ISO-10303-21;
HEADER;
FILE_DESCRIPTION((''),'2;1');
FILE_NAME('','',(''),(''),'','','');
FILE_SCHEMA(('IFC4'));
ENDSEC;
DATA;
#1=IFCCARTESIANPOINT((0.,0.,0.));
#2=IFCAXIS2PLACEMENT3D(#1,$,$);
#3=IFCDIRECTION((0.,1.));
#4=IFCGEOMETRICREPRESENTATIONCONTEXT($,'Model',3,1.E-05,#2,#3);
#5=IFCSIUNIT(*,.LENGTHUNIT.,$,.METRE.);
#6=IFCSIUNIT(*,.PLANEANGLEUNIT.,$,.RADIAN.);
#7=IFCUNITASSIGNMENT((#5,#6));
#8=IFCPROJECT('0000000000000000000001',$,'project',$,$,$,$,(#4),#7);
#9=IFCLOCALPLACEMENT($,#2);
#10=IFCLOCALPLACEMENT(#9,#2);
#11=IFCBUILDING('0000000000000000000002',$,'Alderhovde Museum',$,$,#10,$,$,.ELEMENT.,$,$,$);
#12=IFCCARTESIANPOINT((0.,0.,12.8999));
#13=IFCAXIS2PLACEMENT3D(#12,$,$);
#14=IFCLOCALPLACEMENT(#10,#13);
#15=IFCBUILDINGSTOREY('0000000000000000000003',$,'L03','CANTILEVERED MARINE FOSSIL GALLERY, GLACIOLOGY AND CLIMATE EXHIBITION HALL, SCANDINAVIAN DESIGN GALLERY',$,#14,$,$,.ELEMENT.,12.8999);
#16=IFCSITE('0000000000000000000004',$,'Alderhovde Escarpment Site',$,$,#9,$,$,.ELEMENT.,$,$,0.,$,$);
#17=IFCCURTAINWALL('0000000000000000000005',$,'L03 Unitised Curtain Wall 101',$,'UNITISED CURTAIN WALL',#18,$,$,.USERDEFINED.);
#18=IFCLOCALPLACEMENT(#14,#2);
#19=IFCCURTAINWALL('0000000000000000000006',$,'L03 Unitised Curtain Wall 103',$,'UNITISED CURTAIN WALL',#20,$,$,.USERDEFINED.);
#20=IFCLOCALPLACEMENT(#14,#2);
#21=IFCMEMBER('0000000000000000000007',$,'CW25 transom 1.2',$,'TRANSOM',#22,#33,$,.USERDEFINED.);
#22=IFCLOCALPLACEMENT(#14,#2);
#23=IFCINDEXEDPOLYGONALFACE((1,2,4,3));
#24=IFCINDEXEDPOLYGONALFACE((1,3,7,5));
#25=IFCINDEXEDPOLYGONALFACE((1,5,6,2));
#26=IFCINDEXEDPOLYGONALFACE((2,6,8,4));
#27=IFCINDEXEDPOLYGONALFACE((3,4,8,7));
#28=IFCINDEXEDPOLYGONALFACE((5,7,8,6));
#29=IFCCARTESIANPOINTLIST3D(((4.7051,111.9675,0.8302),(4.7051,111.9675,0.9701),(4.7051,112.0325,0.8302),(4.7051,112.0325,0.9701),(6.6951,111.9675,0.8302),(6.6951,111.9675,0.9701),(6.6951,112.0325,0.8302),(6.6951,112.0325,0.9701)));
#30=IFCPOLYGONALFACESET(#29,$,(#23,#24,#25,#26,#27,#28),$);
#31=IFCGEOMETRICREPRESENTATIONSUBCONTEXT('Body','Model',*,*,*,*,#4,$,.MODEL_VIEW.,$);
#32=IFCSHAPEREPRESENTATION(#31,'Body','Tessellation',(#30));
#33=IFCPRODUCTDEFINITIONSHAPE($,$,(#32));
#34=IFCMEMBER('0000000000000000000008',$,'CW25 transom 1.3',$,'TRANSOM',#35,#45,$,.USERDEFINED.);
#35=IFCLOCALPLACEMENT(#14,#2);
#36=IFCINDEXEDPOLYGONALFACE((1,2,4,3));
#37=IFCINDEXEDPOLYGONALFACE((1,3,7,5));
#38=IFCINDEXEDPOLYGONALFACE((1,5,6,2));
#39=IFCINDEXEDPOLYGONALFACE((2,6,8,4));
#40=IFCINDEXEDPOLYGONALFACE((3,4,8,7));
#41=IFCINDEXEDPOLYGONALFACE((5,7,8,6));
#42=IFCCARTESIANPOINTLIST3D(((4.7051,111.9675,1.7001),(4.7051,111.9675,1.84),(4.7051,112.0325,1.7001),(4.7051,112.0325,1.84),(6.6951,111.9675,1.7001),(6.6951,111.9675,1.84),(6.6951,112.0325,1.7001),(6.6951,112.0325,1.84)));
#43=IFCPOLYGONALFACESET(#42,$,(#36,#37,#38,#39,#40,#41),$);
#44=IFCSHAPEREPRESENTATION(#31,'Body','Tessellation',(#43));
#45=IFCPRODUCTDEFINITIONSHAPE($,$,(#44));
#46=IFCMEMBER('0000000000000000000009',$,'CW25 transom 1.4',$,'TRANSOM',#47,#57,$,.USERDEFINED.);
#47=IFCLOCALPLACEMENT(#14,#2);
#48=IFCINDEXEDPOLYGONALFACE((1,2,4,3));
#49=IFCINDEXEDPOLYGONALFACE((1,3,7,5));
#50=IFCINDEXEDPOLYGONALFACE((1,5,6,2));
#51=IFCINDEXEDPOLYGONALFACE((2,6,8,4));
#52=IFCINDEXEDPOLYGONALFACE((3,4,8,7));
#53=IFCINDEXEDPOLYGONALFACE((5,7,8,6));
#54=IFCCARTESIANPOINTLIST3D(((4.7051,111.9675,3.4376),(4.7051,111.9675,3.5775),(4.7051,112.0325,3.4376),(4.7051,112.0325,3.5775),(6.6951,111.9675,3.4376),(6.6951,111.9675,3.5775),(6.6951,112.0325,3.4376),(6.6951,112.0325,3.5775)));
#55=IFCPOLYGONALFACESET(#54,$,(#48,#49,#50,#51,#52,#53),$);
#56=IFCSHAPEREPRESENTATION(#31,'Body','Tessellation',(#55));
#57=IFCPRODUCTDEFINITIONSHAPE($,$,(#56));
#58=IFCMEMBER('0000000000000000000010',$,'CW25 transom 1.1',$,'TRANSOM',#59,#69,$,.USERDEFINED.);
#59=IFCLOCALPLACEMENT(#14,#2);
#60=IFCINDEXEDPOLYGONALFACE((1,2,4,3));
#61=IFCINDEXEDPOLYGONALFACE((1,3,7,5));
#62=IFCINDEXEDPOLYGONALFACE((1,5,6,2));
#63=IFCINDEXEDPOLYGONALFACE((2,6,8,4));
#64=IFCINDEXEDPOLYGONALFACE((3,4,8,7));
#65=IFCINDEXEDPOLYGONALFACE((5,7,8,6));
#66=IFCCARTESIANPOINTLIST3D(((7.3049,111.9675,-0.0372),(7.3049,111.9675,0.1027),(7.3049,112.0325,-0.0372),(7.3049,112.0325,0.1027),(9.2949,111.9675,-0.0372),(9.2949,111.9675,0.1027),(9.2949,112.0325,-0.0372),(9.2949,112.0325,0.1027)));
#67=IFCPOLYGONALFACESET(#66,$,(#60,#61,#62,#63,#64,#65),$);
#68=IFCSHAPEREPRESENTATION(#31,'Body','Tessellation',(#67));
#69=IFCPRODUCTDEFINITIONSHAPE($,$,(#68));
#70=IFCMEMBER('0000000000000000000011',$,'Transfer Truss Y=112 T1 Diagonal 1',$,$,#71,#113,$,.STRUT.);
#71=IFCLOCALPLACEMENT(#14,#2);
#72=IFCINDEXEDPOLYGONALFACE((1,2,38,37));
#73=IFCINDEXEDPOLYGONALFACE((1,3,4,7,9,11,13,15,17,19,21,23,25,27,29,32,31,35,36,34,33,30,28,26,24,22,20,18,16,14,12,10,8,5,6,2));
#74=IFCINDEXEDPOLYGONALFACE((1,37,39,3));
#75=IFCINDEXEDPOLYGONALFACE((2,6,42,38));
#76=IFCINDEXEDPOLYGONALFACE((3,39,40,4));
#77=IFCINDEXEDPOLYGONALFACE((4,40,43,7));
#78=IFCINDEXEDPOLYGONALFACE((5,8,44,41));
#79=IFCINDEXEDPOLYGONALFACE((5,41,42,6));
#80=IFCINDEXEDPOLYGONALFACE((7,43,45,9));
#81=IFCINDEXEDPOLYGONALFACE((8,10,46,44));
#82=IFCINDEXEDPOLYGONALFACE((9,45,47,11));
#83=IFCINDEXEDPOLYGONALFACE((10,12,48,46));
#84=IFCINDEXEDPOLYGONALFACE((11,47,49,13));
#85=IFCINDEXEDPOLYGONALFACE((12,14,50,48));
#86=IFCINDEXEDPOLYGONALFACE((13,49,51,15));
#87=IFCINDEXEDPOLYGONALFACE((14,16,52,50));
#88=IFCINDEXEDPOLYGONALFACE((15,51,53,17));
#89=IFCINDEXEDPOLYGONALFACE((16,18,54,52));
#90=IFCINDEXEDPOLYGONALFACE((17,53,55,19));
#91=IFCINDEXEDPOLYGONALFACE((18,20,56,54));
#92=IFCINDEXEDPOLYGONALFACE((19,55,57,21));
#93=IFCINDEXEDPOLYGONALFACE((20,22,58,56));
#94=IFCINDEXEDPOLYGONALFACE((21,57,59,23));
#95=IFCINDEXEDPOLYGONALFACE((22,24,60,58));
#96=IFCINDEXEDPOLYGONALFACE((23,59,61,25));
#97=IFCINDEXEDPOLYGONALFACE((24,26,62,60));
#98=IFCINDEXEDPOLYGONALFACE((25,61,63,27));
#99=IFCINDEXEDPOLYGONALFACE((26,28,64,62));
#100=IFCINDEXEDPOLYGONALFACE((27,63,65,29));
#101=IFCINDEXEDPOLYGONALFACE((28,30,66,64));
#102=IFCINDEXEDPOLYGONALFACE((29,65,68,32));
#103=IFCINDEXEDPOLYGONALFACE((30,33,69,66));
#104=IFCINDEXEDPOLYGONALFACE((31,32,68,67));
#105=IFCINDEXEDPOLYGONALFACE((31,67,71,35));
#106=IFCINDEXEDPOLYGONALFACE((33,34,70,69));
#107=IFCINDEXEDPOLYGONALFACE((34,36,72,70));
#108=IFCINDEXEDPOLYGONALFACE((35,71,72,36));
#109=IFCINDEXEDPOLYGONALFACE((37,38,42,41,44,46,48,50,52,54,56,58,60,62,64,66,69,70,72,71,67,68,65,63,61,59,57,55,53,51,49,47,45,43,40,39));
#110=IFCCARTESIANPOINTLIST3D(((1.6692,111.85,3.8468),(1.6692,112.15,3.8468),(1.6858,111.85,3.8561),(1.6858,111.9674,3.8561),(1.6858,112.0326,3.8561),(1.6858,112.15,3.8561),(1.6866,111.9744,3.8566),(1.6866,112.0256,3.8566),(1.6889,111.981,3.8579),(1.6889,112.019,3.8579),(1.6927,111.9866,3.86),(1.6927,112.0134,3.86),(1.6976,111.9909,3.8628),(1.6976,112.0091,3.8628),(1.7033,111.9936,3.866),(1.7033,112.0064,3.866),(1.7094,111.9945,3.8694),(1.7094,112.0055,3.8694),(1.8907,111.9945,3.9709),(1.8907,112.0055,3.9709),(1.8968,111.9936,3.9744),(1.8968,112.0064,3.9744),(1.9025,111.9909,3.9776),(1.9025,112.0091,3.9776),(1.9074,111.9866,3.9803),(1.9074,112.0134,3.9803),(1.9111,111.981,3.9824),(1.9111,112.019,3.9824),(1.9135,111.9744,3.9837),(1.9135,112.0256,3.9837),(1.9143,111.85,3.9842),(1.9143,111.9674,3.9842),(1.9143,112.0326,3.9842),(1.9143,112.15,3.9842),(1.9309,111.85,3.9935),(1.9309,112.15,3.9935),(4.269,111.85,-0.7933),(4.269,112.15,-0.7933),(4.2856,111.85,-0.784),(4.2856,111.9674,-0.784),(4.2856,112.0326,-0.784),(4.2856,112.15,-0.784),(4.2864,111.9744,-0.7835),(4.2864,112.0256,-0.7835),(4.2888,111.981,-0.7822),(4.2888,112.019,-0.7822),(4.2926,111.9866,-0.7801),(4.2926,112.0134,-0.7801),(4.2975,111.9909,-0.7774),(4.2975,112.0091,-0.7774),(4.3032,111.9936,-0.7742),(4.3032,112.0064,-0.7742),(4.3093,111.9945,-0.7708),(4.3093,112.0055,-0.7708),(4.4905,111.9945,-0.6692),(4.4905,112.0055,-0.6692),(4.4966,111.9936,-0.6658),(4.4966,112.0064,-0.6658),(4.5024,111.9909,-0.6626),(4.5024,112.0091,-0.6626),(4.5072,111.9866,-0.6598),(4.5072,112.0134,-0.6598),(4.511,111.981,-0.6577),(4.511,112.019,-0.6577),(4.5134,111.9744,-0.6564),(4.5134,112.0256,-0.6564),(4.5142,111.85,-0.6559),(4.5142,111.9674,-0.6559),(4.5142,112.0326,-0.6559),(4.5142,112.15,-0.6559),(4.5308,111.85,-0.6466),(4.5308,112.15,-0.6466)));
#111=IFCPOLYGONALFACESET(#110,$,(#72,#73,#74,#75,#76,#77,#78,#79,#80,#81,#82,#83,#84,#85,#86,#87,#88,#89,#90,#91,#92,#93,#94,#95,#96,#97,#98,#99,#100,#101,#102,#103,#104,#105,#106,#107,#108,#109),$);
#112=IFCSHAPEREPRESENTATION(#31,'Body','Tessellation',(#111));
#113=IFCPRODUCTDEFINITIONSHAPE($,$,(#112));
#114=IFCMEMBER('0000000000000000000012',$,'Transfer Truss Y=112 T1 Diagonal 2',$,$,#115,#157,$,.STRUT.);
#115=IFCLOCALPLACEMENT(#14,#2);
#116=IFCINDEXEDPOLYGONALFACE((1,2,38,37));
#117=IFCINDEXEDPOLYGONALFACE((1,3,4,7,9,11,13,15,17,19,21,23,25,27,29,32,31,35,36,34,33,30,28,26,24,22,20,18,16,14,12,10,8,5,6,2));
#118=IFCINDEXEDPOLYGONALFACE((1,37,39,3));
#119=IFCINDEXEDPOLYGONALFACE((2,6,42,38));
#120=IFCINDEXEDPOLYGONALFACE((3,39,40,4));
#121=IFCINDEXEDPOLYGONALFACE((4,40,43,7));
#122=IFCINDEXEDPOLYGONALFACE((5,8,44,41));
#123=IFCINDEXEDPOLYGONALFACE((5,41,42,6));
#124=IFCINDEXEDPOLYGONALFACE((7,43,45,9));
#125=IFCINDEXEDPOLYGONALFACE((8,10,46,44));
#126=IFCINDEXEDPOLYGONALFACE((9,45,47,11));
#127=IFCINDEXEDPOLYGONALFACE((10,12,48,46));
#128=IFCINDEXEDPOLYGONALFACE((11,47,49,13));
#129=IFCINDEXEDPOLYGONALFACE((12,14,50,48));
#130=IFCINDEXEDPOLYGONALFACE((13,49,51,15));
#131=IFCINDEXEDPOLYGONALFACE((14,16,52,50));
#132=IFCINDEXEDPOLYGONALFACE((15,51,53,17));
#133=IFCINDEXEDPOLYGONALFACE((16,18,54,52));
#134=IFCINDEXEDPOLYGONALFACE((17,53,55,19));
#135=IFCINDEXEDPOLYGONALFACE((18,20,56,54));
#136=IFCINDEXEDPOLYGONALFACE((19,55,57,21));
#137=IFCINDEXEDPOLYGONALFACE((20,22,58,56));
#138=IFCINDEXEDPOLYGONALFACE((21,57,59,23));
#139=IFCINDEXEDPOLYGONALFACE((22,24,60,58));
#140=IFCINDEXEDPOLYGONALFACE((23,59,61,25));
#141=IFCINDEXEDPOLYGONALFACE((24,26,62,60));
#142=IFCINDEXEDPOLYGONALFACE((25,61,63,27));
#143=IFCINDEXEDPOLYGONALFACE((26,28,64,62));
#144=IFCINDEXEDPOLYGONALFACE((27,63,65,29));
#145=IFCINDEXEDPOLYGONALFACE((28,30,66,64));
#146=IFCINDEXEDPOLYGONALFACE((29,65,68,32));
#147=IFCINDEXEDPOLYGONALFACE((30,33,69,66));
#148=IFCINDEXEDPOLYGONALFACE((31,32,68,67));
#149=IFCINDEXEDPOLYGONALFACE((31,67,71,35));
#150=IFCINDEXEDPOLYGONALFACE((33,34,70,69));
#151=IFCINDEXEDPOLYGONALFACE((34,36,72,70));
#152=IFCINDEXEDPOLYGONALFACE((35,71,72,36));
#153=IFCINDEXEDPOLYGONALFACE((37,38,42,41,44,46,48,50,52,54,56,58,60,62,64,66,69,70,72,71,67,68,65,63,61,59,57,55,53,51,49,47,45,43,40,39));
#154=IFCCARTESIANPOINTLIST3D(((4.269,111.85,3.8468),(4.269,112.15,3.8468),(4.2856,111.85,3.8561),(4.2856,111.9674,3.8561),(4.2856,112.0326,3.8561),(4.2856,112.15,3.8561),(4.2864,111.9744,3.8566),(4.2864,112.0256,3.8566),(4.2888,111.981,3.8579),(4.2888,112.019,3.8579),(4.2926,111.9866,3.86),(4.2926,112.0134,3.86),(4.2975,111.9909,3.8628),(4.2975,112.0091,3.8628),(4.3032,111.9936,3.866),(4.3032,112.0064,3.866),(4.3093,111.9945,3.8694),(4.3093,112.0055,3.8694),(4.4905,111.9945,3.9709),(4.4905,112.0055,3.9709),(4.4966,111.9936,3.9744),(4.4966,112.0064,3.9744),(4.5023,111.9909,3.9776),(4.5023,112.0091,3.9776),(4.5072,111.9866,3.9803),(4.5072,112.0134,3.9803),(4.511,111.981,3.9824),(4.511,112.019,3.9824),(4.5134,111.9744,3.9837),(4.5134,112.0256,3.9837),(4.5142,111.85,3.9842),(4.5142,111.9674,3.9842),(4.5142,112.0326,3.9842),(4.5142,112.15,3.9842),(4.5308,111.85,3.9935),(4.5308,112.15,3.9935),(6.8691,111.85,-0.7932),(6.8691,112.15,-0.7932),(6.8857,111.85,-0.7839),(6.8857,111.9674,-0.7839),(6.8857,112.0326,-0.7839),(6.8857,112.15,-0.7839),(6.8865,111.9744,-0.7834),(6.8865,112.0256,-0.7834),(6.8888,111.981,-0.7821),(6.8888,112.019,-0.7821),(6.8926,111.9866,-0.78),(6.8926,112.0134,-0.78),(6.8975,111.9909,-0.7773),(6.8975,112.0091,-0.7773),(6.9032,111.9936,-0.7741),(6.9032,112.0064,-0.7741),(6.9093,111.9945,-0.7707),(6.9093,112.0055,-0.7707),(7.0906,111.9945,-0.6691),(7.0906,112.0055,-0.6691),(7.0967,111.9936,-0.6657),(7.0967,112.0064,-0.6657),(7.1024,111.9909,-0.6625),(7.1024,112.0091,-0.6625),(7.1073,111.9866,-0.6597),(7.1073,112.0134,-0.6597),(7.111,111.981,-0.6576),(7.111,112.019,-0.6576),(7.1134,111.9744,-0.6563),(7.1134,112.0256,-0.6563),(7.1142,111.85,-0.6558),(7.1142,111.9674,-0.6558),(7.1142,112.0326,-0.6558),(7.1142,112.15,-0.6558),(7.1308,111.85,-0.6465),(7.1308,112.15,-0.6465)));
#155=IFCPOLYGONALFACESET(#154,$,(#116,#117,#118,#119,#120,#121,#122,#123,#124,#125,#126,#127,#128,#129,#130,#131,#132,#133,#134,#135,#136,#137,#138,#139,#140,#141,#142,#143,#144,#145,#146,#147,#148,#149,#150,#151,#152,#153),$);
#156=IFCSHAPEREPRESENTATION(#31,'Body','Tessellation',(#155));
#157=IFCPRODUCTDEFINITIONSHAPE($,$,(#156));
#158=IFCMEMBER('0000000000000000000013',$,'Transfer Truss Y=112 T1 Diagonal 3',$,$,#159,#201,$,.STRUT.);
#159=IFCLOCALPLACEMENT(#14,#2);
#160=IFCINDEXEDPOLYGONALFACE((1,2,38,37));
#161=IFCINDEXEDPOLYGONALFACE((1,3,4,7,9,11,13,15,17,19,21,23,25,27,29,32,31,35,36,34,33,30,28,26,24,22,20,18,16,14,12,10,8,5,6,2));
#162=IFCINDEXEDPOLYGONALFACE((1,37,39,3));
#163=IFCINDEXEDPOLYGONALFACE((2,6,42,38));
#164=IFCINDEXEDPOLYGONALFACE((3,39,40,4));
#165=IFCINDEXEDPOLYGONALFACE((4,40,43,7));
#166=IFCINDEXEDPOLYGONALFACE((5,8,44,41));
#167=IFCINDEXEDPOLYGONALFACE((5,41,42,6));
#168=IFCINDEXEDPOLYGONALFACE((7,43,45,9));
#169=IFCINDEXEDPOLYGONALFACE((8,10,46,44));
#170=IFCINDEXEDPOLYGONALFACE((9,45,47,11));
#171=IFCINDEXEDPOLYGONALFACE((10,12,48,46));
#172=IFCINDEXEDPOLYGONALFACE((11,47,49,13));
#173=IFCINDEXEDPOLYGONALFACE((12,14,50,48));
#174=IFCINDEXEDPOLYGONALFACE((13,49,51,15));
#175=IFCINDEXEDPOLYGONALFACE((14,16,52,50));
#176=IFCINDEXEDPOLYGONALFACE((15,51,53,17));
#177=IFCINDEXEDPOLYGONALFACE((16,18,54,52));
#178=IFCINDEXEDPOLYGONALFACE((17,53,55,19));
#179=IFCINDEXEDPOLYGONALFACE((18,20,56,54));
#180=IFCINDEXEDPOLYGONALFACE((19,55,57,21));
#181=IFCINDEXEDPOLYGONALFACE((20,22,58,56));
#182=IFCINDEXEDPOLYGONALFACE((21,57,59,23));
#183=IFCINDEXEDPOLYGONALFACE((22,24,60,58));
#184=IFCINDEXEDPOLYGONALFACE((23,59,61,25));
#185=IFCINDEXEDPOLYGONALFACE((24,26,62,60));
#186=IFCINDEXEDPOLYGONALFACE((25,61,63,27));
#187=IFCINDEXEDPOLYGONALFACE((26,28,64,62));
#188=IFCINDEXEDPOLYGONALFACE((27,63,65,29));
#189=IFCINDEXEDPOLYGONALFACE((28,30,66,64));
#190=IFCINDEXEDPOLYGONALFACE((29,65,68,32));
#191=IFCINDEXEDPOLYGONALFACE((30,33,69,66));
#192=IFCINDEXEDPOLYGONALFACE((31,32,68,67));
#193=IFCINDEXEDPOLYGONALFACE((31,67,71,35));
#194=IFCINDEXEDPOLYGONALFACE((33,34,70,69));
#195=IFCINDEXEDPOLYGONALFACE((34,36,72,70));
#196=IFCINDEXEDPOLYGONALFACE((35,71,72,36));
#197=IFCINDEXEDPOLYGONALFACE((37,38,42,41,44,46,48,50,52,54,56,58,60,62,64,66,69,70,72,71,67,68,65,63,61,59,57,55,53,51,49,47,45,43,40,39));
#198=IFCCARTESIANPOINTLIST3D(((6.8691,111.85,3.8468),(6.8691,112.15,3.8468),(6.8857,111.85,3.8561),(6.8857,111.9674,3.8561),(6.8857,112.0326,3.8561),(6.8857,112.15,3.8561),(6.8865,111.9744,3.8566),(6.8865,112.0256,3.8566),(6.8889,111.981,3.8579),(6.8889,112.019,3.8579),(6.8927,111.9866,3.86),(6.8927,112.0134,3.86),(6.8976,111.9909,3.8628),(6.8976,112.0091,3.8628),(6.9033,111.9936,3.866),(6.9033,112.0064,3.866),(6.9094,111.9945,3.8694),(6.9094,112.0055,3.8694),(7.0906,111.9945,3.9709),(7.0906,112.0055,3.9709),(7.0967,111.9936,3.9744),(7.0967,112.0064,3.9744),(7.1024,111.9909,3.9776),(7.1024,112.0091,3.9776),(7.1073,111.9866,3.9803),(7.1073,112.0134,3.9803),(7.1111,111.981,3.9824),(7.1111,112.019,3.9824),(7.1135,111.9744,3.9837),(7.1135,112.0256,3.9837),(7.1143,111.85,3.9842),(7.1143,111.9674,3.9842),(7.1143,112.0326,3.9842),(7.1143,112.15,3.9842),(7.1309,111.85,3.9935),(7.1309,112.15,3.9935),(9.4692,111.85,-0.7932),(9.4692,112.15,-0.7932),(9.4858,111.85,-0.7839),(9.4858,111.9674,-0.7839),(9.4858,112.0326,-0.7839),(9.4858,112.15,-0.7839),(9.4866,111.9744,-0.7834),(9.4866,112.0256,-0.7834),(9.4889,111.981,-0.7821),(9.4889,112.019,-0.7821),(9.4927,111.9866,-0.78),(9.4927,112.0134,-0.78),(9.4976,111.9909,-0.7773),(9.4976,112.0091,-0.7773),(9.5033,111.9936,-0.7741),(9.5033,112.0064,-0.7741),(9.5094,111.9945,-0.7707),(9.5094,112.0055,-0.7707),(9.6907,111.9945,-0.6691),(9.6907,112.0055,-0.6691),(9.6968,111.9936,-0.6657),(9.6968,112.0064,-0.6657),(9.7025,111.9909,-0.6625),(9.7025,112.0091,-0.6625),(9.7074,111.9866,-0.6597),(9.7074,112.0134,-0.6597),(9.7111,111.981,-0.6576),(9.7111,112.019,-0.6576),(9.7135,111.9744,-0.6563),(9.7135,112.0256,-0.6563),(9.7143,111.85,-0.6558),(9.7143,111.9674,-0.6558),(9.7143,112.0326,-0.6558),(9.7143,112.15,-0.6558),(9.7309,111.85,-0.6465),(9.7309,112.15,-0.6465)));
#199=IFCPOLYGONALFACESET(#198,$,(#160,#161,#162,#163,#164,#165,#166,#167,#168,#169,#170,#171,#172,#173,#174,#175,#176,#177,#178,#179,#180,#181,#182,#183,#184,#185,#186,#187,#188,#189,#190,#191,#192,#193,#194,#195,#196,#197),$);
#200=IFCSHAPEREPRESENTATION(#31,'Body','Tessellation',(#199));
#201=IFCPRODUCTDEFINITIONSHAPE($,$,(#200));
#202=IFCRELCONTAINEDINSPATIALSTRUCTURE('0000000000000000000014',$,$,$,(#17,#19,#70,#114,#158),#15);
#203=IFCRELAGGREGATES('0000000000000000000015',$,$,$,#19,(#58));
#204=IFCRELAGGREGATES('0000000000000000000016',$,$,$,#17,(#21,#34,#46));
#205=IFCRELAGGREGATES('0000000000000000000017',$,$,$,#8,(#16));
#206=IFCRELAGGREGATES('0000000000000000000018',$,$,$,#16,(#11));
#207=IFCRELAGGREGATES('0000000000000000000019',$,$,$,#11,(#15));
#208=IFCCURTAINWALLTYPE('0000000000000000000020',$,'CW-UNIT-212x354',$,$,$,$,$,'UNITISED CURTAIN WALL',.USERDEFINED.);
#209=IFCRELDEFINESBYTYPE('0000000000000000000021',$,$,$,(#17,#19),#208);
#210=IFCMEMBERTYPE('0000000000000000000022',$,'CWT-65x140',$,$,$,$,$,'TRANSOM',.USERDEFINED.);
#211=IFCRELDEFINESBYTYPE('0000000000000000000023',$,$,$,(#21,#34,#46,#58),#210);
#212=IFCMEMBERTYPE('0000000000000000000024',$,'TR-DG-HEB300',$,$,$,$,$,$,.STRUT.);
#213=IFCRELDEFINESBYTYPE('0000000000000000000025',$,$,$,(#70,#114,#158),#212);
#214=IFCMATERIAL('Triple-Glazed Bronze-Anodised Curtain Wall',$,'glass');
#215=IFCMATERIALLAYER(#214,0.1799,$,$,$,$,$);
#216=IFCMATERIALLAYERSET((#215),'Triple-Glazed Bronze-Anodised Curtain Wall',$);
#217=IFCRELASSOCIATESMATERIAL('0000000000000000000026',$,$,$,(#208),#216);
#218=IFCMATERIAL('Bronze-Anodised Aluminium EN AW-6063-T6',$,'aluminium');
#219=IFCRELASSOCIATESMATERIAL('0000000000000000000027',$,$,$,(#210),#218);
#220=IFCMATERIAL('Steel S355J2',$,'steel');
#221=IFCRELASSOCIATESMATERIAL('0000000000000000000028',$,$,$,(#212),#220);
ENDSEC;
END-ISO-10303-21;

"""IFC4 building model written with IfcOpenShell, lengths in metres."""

from ifc_helpers import new_model, si_unit, direction, frame, origin, origin_2d, place, context, subcontext, project, spatial, rectangle, i_section, extrude, material, layer, layer_set, material_profile, profile_set, type_object, element, aggregate, save


model = new_model("IFC4")

# Units and contexts
model_context = context("Model", 3, precision=1e-05, world=origin(), true_north=direction((0.0, 1.0)))
body_context = subcontext(model_context, "Body", "Model", "MODEL_VIEW")
ifc_project = project(units=[si_unit("LENGTHUNIT", "METRE"), si_unit("PLANEANGLEUNIT", "RADIAN")], contexts=[model_context])

# Site, building, storey
site_placement = place(None, origin())
site = spatial("IfcSite", under=ifc_project, at=site_placement, Name="Alderhovde Escarpment Site", CompositionType="ELEMENT", RefElevation=0.0)
building_placement = place(site_placement, origin())
building = spatial("IfcBuilding", under=site, at=building_placement, Name="Alderhovde Museum", CompositionType="ELEMENT")
storey_placement = place(building_placement, frame((0.0, 0.0, 12.8999)))
storey = spatial("IfcBuildingStorey", under=building, at=storey_placement, Name="L03", Description="CANTILEVERED MARINE FOSSIL GALLERY, GLACIOLOGY AND CLIMATE EXHIBITION HALL, SCANDINAVIAN DESIGN GALLERY", CompositionType="ELEMENT", Elevation=12.8999)

# Curtain wall
ifc_material_1 = material(Name="Triple-Glazed Bronze-Anodised Curtain Wall", Category="glass")
ifc_layer_1 = layer(ifc_material_1, 0.1799)
ifc_layer_set_1 = layer_set([ifc_layer_1], Name="Triple-Glazed Bronze-Anodised Curtain Wall")
curtain_wall_type_1 = type_object("IfcCurtainWallType", Name="CW-UNIT-212x354", ElementType="UNITISED CURTAIN WALL", PredefinedType="USERDEFINED", material=ifc_layer_set_1)
curtain_wall_1_placement = place(storey_placement, origin())
curtain_wall_1 = element("IfcCurtainWall", 1, at=curtain_wall_1_placement, inside=storey, type_object=curtain_wall_type_1, Name="L03 Unitised Curtain Wall 101", ObjectType="UNITISED CURTAIN WALL", PredefinedType="USERDEFINED")

# Curtain wall
curtain_wall_2_placement = place(storey_placement, origin())
curtain_wall_2 = element("IfcCurtainWall", 2, at=curtain_wall_2_placement, inside=storey, type_object=curtain_wall_type_1, Name="L03 Unitised Curtain Wall 103", ObjectType="UNITISED CURTAIN WALL", PredefinedType="USERDEFINED")

# Members
ifc_material_2 = material(Name="Bronze-Anodised Aluminium EN AW-6063-T6", Category="aluminium")
ifc_material_profile_1 = material_profile(ifc_material_2, rectangle(XDim=0.0649, YDim=0.1399, at=origin_2d()), Name="TRANSOM 65x140")
ifc_profile_set_1 = profile_set([ifc_material_profile_1], Name="Bronze-Anodised Aluminium EN AW-6063-T6")
member_type_1 = type_object("IfcMemberType", Name="CWT-65x140", ElementType="TRANSOM", PredefinedType="USERDEFINED", material=ifc_profile_set_1)
member_1_placement = place(storey_placement, frame((4.7051, 112.0, 0.9001), z_axis=(1.0, 0.0, 0.0), x_axis=(0.0, 1.0, 0.0)))
member_1 = element("IfcMember", 3, at=member_1_placement, type_object=member_type_1, Name="CW25 transom 1.2", ObjectType="TRANSOM", PredefinedType="USERDEFINED", context=body_context, shape_type="SweptSolid", body=[
    extrude(rectangle(XDim=0.0649, YDim=0.1399, at=origin_2d()), origin(), (0.0, 0.0, 1.0), 1.99),
])
member_2_placement = place(storey_placement, frame((4.7051, 112.0, 1.77), z_axis=(1.0, 0.0, 0.0), x_axis=(0.0, 1.0, 0.0)))
member_2 = element("IfcMember", 4, at=member_2_placement, type_object=member_type_1, Name="CW25 transom 1.3", ObjectType="TRANSOM", PredefinedType="USERDEFINED", context=body_context, shape_type="SweptSolid", body=[
    extrude(rectangle(XDim=0.0649, YDim=0.1399, at=origin_2d()), origin(), (0.0, 0.0, 1.0), 1.99),
])
member_3_placement = place(storey_placement, frame((4.7051, 112.0, 3.5076), z_axis=(1.0, 0.0, 0.0), x_axis=(0.0, 1.0, 0.0)))
member_3 = element("IfcMember", 5, at=member_3_placement, type_object=member_type_1, Name="CW25 transom 1.4", ObjectType="TRANSOM", PredefinedType="USERDEFINED", context=body_context, shape_type="SweptSolid", body=[
    extrude(rectangle(XDim=0.0649, YDim=0.1399, at=origin_2d()), origin(), (0.0, 0.0, 1.0), 1.99),
])
member_4_placement = place(storey_placement, frame((7.3049, 112.0, 0.0327), z_axis=(1.0, 0.0, 0.0), x_axis=(0.0, 1.0, 0.0)))
member_4 = element("IfcMember", 6, at=member_4_placement, type_object=member_type_1, Name="CW25 transom 1.1", ObjectType="TRANSOM", PredefinedType="USERDEFINED", context=body_context, shape_type="SweptSolid", body=[
    extrude(rectangle(XDim=0.0649, YDim=0.1399, at=origin_2d()), origin(), (0.0, 0.0, 1.0), 1.99),
])
aggregate(curtain_wall_2, [member_4])

# Members
ifc_material_3 = material(Name="Steel S355J2", Category="steel")
ifc_material_profile_2 = material_profile(ifc_material_3, i_section(OverallWidth=0.3, OverallDepth=0.3, WebThickness=0.011, FlangeThickness=0.019, FilletRadius=0.0271, at=origin_2d()), Name="HEB 300")
ifc_profile_set_2 = profile_set([ifc_material_profile_2], Name="Steel S355J2")
member_type_2 = type_object("IfcMemberType", Name="TR-DG-HEB300", PredefinedType="STRUT", material=ifc_profile_set_2)
for number, where, z_axis, x_axis, name in (
    (7, (1.8, 112.0, 3.9202), (0.4888, 0.0, -0.872396), (0.0, 1.0, 0.0), "Transfer Truss Y=112 T1 Diagonal 1"),
    (8, (4.3999, 112.0, 3.9202), (0.488835, 0.0, -0.872376), (0.0, 1.0, 0.0), "Transfer Truss Y=112 T1 Diagonal 2"),
    (9, (7.0, 112.0, 3.9202), (0.488835, 0.0, -0.872376), (0.0, 1.0, 0.0), "Transfer Truss Y=112 T1 Diagonal 3"),
):
    element("IfcMember", number, at=place(storey_placement, frame(where, z_axis=z_axis, x_axis=x_axis)), inside=storey, type_object=member_type_2, Name=name, PredefinedType="STRUT", context=body_context, shape_type="SweptSolid", body=[
        extrude(i_section(OverallWidth=0.3, OverallDepth=0.3, WebThickness=0.011, FlangeThickness=0.019, FilletRadius=0.0271, at=origin_2d()), origin(), (0.0, 0.0, 1.0), 5.3188),
    ])

aggregate(curtain_wall_1, [member_1, member_2, member_3])

save(model, "model.ifc")
